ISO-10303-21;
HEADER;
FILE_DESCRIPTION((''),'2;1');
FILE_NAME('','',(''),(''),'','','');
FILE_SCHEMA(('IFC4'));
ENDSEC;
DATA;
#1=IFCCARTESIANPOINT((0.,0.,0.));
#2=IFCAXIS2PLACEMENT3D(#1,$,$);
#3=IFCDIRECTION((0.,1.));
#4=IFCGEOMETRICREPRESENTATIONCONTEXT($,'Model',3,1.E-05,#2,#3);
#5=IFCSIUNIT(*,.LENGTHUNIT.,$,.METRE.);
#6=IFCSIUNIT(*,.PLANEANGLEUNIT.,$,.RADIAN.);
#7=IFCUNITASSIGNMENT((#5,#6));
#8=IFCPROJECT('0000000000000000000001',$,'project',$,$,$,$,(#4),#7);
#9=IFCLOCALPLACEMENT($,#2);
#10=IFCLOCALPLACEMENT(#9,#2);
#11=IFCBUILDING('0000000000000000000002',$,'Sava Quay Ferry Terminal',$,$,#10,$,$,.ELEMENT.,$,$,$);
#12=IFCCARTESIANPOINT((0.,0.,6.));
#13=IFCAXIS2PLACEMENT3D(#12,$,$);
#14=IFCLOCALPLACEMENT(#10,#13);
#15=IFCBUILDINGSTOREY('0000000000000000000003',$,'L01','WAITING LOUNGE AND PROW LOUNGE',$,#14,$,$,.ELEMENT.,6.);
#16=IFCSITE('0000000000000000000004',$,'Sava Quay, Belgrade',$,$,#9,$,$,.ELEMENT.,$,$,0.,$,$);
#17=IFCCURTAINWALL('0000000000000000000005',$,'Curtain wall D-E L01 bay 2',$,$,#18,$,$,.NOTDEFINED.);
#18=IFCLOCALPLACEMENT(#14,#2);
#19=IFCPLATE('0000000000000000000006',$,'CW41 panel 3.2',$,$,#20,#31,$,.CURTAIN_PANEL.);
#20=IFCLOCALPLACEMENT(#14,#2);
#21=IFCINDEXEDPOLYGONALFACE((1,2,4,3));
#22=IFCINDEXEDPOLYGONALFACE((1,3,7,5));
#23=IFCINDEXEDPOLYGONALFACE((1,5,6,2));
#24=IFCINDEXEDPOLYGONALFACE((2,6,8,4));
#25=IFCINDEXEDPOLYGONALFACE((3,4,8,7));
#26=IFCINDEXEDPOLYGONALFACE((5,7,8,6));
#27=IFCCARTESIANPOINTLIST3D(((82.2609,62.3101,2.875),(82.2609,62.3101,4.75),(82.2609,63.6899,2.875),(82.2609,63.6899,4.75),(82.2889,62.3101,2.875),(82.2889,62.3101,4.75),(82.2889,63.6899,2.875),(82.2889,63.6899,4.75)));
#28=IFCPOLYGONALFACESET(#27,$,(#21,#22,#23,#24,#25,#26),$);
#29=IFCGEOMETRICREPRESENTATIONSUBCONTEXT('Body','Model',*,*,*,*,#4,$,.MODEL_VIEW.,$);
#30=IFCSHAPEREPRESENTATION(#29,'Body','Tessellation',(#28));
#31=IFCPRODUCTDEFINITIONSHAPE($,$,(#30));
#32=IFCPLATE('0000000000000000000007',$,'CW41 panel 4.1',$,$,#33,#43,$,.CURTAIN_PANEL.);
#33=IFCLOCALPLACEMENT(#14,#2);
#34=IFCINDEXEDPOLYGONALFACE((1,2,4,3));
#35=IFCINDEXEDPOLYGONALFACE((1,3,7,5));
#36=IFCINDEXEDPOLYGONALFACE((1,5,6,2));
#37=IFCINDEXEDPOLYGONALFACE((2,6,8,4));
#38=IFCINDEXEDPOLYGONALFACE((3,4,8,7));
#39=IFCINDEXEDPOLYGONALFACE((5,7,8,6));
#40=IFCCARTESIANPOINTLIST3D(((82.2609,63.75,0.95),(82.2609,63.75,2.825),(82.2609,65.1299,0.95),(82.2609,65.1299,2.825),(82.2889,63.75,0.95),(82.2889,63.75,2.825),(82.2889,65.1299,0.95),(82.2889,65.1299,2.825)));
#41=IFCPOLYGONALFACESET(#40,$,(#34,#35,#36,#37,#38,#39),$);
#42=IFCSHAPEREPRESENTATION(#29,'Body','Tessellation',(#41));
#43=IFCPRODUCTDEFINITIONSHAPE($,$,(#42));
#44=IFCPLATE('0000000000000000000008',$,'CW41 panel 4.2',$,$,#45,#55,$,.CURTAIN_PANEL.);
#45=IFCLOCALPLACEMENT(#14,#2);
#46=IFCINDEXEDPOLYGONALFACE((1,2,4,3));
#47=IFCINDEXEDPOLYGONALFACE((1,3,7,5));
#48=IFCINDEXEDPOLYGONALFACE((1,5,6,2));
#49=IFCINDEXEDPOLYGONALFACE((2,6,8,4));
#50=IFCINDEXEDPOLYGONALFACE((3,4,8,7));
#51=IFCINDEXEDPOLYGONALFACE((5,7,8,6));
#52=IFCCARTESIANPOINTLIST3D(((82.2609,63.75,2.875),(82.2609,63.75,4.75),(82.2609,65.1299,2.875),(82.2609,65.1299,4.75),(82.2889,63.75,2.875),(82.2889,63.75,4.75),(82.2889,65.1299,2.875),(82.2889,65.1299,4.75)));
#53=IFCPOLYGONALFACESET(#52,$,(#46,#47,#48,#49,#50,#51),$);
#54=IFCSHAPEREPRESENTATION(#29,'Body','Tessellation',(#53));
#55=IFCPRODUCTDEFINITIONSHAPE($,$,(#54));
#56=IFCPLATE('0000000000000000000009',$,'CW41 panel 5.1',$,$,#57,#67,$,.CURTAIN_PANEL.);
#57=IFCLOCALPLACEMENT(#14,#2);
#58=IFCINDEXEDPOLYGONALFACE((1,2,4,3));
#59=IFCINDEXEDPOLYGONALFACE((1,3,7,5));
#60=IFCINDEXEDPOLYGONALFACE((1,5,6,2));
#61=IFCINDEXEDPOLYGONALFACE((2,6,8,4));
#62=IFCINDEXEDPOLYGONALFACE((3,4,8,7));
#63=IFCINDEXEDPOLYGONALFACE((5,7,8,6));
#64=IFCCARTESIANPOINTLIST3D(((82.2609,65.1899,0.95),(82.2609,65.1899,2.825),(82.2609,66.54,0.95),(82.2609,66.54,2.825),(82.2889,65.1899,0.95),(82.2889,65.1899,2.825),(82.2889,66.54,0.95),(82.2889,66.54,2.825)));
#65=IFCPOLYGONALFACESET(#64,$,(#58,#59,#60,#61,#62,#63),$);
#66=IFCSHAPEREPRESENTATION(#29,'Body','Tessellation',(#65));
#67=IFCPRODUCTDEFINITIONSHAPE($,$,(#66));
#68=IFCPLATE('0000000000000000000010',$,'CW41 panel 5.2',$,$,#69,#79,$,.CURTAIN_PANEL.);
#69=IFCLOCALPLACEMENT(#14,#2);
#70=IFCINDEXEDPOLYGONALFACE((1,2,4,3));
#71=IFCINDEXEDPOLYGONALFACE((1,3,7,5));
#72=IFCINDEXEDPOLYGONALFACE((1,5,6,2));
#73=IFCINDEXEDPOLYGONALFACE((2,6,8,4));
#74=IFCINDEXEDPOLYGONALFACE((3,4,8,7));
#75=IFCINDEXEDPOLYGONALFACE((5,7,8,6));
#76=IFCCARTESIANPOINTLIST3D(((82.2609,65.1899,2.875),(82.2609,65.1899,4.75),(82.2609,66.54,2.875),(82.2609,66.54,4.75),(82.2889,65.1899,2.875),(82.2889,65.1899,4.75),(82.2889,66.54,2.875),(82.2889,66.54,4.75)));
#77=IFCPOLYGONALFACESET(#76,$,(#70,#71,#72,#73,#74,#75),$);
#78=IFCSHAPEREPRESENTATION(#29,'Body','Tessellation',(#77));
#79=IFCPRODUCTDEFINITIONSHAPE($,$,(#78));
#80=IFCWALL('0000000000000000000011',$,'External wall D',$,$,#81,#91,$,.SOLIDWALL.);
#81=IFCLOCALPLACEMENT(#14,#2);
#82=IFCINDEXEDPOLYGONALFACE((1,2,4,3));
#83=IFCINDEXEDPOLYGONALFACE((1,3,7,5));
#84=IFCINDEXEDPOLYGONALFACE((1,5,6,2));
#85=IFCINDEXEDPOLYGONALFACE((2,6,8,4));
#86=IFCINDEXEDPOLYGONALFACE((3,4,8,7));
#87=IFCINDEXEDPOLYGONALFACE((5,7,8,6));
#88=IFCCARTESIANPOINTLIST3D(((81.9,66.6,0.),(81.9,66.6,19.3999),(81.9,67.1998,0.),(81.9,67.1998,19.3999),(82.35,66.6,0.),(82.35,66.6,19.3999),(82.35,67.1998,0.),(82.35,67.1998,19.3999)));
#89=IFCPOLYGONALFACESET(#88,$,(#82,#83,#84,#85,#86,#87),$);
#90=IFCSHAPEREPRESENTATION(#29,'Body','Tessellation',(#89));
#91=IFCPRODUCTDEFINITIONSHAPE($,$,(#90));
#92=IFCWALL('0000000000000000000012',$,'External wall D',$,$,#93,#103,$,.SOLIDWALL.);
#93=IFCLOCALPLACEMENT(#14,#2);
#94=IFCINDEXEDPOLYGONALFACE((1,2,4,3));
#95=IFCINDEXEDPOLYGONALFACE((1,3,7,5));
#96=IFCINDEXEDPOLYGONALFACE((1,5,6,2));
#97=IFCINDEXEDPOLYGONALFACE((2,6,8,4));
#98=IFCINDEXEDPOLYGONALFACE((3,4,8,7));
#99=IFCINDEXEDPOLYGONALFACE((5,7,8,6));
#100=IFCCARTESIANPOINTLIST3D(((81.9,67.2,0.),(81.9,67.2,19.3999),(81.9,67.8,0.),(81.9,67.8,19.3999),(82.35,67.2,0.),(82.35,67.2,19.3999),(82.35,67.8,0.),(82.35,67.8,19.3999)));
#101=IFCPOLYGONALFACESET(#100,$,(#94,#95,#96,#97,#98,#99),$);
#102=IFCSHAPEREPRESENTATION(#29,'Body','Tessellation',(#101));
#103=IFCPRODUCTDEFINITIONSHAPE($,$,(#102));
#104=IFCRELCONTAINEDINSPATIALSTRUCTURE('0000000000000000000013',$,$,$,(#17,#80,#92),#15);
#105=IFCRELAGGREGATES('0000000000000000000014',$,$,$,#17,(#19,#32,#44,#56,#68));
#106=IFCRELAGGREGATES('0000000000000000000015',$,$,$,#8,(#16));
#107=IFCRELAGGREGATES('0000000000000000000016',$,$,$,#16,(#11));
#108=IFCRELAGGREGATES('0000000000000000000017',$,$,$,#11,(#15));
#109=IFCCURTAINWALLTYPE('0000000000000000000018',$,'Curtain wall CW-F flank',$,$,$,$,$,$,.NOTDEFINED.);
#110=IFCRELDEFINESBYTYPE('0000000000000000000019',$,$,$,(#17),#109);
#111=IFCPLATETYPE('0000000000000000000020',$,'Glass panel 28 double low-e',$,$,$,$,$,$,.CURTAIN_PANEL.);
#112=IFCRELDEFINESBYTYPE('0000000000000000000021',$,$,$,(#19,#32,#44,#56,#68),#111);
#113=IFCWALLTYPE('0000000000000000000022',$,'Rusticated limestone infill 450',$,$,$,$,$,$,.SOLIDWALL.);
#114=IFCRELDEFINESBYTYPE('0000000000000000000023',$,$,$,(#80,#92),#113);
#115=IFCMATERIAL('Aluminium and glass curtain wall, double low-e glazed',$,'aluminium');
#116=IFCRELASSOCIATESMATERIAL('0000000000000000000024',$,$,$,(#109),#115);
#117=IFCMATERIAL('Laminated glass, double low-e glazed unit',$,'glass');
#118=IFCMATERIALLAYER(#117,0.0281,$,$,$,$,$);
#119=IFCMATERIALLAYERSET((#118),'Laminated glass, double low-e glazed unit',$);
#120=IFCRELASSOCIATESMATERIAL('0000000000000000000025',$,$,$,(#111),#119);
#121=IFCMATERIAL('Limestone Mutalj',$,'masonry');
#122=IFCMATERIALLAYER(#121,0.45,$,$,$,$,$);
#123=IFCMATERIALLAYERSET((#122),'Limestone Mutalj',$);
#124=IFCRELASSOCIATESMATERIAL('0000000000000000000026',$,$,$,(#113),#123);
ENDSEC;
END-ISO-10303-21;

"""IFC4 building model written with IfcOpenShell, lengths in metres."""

from ifc_helpers import new_model, si_unit, direction, frame, frame_2d, origin, origin_2d, place, context, subcontext, project, spatial, rectangle, extrude, material, layer, layer_set, type_object, element, aggregate, save


model = new_model("IFC4")

# Units and contexts
model_context = context("Model", 3, precision=1e-05, world=origin(), true_north=direction((0.0, 1.0)))
body_context = subcontext(model_context, "Body", "Model", "MODEL_VIEW")
ifc_project = project(units=[si_unit("LENGTHUNIT", "METRE"), si_unit("PLANEANGLEUNIT", "RADIAN")], contexts=[model_context])

# Site, building, storey
site_placement = place(None, origin())
site = spatial("IfcSite", under=ifc_project, at=site_placement, Name="Sava Quay, Belgrade", CompositionType="ELEMENT", RefElevation=0.0)
building_placement = place(site_placement, origin())
building = spatial("IfcBuilding", under=site, at=building_placement, Name="Sava Quay Ferry Terminal", CompositionType="ELEMENT")
storey_placement = place(building_placement, frame((0.0, 0.0, 6.0)))
storey = spatial("IfcBuildingStorey", under=building, at=storey_placement, Name="L01", Description="WAITING LOUNGE AND PROW LOUNGE", CompositionType="ELEMENT", Elevation=6.0)

# Curtain wall, plates
ifc_material_1 = material(Name="Aluminium and glass curtain wall, double low-e glazed", Category="aluminium")
curtain_wall_type = type_object("IfcCurtainWallType", Name="Curtain wall CW-F flank", PredefinedType="NOTDEFINED", material=ifc_material_1)
curtain_wall_placement = place(storey_placement, origin())
curtain_wall = element("IfcCurtainWall", 1, at=curtain_wall_placement, inside=storey, type_object=curtain_wall_type, Name="Curtain wall D-E L01 bay 2", PredefinedType="NOTDEFINED")
ifc_material_2 = material(Name="Laminated glass, double low-e glazed unit", Category="glass")
ifc_layer_1 = layer(ifc_material_2, 0.0281)
ifc_layer_set_1 = layer_set([ifc_layer_1], Name="Laminated glass, double low-e glazed unit")
plate_type = type_object("IfcPlateType", Name="Glass panel 28 double low-e", PredefinedType="CURTAIN_PANEL", material=ifc_layer_set_1)
plate_1_placement = place(storey_placement, frame((82.2749, 63.0, 2.875), z_axis=(0.0, 0.0, 1.0), x_axis=(0.0, 1.0, 0.0)))
plate_1 = element("IfcPlate", 2, at=plate_1_placement, type_object=plate_type, Name="CW41 panel 3.2", PredefinedType="CURTAIN_PANEL", context=body_context, shape_type="SweptSolid", body=[
    extrude(rectangle(XDim=1.3799, YDim=0.0281, at=origin_2d()), origin(), (0.0, 0.0, 1.0), 1.875),
])
plate_2_placement = place(storey_placement, frame((82.2749, 64.4399, 0.95), z_axis=(0.0, 0.0, 1.0), x_axis=(0.0, 1.0, 0.0)))
plate_2 = element("IfcPlate", 3, at=plate_2_placement, type_object=plate_type, Name="CW41 panel 4.1", PredefinedType="CURTAIN_PANEL", context=body_context, shape_type="SweptSolid", body=[
    extrude(rectangle(XDim=1.3799, YDim=0.0281, at=origin_2d()), origin(), (0.0, 0.0, 1.0), 1.875),
])
plate_3_placement = place(storey_placement, frame((82.2749, 64.4399, 2.875), z_axis=(0.0, 0.0, 1.0), x_axis=(0.0, 1.0, 0.0)))
plate_3 = element("IfcPlate", 4, at=plate_3_placement, type_object=plate_type, Name="CW41 panel 4.2", PredefinedType="CURTAIN_PANEL", context=body_context, shape_type="SweptSolid", body=[
    extrude(rectangle(XDim=1.3799, YDim=0.0281, at=origin_2d()), origin(), (0.0, 0.0, 1.0), 1.875),
])
plate_4_placement = place(storey_placement, frame((82.2749, 65.865, 0.95), z_axis=(0.0, 0.0, 1.0), x_axis=(0.0, 1.0, 0.0)))
plate_4 = element("IfcPlate", 5, at=plate_4_placement, type_object=plate_type, Name="CW41 panel 5.1", PredefinedType="CURTAIN_PANEL", context=body_context, shape_type="SweptSolid", body=[
    extrude(rectangle(XDim=1.3501, YDim=0.0281, at=origin_2d()), origin(), (0.0, 0.0, 1.0), 1.875),
])
plate_5_placement = place(storey_placement, frame((82.2749, 65.865, 2.875), z_axis=(0.0, 0.0, 1.0), x_axis=(0.0, 1.0, 0.0)))
plate_5 = element("IfcPlate", 6, at=plate_5_placement, type_object=plate_type, Name="CW41 panel 5.2", PredefinedType="CURTAIN_PANEL", context=body_context, shape_type="SweptSolid", body=[
    extrude(rectangle(XDim=1.3501, YDim=0.0281, at=origin_2d()), origin(), (0.0, 0.0, 1.0), 1.875),
])
aggregate(curtain_wall, [plate_1, plate_2, plate_3, plate_4, plate_5])

# Walls
ifc_material_3 = material(Name="Limestone Mutalj", Category="masonry")
ifc_layer_2 = layer(ifc_material_3, 0.45)
ifc_layer_set_2 = layer_set([ifc_layer_2], Name="Limestone Mutalj")
wall_type = type_object("IfcWallType", Name="Rusticated limestone infill 450", PredefinedType="SOLIDWALL", material=ifc_layer_set_2)
wall_1_placement = place(storey_placement, frame((82.125, 66.6001, 0.0), z_axis=(0.0, 0.0, 1.0), x_axis=(0.0, 1.0, 0.0)))
element("IfcWall", 7, at=wall_1_placement, inside=storey, type_object=wall_type, Name="External wall D", PredefinedType="SOLIDWALL", context=body_context, shape_type="SweptSolid", body=[
    extrude(rectangle(XDim=0.5999, YDim=0.45, at=frame_2d((0.2998, 0.0))), origin(), (0.0, 0.0, 1.0), 19.3999),
])
wall_2_placement = place(storey_placement, frame((82.125, 67.2, 0.0), z_axis=(0.0, 0.0, 1.0), x_axis=(0.0, 1.0, 0.0)))
element("IfcWall", 8, at=wall_2_placement, inside=storey, type_object=wall_type, Name="External wall D", PredefinedType="SOLIDWALL", context=body_context, shape_type="SweptSolid", body=[
    extrude(rectangle(XDim=0.6001, YDim=0.45, at=frame_2d((0.3, 0.0))), origin(), (0.0, 0.0, 1.0), 19.3999),
])

save(model, "model.ifc")
